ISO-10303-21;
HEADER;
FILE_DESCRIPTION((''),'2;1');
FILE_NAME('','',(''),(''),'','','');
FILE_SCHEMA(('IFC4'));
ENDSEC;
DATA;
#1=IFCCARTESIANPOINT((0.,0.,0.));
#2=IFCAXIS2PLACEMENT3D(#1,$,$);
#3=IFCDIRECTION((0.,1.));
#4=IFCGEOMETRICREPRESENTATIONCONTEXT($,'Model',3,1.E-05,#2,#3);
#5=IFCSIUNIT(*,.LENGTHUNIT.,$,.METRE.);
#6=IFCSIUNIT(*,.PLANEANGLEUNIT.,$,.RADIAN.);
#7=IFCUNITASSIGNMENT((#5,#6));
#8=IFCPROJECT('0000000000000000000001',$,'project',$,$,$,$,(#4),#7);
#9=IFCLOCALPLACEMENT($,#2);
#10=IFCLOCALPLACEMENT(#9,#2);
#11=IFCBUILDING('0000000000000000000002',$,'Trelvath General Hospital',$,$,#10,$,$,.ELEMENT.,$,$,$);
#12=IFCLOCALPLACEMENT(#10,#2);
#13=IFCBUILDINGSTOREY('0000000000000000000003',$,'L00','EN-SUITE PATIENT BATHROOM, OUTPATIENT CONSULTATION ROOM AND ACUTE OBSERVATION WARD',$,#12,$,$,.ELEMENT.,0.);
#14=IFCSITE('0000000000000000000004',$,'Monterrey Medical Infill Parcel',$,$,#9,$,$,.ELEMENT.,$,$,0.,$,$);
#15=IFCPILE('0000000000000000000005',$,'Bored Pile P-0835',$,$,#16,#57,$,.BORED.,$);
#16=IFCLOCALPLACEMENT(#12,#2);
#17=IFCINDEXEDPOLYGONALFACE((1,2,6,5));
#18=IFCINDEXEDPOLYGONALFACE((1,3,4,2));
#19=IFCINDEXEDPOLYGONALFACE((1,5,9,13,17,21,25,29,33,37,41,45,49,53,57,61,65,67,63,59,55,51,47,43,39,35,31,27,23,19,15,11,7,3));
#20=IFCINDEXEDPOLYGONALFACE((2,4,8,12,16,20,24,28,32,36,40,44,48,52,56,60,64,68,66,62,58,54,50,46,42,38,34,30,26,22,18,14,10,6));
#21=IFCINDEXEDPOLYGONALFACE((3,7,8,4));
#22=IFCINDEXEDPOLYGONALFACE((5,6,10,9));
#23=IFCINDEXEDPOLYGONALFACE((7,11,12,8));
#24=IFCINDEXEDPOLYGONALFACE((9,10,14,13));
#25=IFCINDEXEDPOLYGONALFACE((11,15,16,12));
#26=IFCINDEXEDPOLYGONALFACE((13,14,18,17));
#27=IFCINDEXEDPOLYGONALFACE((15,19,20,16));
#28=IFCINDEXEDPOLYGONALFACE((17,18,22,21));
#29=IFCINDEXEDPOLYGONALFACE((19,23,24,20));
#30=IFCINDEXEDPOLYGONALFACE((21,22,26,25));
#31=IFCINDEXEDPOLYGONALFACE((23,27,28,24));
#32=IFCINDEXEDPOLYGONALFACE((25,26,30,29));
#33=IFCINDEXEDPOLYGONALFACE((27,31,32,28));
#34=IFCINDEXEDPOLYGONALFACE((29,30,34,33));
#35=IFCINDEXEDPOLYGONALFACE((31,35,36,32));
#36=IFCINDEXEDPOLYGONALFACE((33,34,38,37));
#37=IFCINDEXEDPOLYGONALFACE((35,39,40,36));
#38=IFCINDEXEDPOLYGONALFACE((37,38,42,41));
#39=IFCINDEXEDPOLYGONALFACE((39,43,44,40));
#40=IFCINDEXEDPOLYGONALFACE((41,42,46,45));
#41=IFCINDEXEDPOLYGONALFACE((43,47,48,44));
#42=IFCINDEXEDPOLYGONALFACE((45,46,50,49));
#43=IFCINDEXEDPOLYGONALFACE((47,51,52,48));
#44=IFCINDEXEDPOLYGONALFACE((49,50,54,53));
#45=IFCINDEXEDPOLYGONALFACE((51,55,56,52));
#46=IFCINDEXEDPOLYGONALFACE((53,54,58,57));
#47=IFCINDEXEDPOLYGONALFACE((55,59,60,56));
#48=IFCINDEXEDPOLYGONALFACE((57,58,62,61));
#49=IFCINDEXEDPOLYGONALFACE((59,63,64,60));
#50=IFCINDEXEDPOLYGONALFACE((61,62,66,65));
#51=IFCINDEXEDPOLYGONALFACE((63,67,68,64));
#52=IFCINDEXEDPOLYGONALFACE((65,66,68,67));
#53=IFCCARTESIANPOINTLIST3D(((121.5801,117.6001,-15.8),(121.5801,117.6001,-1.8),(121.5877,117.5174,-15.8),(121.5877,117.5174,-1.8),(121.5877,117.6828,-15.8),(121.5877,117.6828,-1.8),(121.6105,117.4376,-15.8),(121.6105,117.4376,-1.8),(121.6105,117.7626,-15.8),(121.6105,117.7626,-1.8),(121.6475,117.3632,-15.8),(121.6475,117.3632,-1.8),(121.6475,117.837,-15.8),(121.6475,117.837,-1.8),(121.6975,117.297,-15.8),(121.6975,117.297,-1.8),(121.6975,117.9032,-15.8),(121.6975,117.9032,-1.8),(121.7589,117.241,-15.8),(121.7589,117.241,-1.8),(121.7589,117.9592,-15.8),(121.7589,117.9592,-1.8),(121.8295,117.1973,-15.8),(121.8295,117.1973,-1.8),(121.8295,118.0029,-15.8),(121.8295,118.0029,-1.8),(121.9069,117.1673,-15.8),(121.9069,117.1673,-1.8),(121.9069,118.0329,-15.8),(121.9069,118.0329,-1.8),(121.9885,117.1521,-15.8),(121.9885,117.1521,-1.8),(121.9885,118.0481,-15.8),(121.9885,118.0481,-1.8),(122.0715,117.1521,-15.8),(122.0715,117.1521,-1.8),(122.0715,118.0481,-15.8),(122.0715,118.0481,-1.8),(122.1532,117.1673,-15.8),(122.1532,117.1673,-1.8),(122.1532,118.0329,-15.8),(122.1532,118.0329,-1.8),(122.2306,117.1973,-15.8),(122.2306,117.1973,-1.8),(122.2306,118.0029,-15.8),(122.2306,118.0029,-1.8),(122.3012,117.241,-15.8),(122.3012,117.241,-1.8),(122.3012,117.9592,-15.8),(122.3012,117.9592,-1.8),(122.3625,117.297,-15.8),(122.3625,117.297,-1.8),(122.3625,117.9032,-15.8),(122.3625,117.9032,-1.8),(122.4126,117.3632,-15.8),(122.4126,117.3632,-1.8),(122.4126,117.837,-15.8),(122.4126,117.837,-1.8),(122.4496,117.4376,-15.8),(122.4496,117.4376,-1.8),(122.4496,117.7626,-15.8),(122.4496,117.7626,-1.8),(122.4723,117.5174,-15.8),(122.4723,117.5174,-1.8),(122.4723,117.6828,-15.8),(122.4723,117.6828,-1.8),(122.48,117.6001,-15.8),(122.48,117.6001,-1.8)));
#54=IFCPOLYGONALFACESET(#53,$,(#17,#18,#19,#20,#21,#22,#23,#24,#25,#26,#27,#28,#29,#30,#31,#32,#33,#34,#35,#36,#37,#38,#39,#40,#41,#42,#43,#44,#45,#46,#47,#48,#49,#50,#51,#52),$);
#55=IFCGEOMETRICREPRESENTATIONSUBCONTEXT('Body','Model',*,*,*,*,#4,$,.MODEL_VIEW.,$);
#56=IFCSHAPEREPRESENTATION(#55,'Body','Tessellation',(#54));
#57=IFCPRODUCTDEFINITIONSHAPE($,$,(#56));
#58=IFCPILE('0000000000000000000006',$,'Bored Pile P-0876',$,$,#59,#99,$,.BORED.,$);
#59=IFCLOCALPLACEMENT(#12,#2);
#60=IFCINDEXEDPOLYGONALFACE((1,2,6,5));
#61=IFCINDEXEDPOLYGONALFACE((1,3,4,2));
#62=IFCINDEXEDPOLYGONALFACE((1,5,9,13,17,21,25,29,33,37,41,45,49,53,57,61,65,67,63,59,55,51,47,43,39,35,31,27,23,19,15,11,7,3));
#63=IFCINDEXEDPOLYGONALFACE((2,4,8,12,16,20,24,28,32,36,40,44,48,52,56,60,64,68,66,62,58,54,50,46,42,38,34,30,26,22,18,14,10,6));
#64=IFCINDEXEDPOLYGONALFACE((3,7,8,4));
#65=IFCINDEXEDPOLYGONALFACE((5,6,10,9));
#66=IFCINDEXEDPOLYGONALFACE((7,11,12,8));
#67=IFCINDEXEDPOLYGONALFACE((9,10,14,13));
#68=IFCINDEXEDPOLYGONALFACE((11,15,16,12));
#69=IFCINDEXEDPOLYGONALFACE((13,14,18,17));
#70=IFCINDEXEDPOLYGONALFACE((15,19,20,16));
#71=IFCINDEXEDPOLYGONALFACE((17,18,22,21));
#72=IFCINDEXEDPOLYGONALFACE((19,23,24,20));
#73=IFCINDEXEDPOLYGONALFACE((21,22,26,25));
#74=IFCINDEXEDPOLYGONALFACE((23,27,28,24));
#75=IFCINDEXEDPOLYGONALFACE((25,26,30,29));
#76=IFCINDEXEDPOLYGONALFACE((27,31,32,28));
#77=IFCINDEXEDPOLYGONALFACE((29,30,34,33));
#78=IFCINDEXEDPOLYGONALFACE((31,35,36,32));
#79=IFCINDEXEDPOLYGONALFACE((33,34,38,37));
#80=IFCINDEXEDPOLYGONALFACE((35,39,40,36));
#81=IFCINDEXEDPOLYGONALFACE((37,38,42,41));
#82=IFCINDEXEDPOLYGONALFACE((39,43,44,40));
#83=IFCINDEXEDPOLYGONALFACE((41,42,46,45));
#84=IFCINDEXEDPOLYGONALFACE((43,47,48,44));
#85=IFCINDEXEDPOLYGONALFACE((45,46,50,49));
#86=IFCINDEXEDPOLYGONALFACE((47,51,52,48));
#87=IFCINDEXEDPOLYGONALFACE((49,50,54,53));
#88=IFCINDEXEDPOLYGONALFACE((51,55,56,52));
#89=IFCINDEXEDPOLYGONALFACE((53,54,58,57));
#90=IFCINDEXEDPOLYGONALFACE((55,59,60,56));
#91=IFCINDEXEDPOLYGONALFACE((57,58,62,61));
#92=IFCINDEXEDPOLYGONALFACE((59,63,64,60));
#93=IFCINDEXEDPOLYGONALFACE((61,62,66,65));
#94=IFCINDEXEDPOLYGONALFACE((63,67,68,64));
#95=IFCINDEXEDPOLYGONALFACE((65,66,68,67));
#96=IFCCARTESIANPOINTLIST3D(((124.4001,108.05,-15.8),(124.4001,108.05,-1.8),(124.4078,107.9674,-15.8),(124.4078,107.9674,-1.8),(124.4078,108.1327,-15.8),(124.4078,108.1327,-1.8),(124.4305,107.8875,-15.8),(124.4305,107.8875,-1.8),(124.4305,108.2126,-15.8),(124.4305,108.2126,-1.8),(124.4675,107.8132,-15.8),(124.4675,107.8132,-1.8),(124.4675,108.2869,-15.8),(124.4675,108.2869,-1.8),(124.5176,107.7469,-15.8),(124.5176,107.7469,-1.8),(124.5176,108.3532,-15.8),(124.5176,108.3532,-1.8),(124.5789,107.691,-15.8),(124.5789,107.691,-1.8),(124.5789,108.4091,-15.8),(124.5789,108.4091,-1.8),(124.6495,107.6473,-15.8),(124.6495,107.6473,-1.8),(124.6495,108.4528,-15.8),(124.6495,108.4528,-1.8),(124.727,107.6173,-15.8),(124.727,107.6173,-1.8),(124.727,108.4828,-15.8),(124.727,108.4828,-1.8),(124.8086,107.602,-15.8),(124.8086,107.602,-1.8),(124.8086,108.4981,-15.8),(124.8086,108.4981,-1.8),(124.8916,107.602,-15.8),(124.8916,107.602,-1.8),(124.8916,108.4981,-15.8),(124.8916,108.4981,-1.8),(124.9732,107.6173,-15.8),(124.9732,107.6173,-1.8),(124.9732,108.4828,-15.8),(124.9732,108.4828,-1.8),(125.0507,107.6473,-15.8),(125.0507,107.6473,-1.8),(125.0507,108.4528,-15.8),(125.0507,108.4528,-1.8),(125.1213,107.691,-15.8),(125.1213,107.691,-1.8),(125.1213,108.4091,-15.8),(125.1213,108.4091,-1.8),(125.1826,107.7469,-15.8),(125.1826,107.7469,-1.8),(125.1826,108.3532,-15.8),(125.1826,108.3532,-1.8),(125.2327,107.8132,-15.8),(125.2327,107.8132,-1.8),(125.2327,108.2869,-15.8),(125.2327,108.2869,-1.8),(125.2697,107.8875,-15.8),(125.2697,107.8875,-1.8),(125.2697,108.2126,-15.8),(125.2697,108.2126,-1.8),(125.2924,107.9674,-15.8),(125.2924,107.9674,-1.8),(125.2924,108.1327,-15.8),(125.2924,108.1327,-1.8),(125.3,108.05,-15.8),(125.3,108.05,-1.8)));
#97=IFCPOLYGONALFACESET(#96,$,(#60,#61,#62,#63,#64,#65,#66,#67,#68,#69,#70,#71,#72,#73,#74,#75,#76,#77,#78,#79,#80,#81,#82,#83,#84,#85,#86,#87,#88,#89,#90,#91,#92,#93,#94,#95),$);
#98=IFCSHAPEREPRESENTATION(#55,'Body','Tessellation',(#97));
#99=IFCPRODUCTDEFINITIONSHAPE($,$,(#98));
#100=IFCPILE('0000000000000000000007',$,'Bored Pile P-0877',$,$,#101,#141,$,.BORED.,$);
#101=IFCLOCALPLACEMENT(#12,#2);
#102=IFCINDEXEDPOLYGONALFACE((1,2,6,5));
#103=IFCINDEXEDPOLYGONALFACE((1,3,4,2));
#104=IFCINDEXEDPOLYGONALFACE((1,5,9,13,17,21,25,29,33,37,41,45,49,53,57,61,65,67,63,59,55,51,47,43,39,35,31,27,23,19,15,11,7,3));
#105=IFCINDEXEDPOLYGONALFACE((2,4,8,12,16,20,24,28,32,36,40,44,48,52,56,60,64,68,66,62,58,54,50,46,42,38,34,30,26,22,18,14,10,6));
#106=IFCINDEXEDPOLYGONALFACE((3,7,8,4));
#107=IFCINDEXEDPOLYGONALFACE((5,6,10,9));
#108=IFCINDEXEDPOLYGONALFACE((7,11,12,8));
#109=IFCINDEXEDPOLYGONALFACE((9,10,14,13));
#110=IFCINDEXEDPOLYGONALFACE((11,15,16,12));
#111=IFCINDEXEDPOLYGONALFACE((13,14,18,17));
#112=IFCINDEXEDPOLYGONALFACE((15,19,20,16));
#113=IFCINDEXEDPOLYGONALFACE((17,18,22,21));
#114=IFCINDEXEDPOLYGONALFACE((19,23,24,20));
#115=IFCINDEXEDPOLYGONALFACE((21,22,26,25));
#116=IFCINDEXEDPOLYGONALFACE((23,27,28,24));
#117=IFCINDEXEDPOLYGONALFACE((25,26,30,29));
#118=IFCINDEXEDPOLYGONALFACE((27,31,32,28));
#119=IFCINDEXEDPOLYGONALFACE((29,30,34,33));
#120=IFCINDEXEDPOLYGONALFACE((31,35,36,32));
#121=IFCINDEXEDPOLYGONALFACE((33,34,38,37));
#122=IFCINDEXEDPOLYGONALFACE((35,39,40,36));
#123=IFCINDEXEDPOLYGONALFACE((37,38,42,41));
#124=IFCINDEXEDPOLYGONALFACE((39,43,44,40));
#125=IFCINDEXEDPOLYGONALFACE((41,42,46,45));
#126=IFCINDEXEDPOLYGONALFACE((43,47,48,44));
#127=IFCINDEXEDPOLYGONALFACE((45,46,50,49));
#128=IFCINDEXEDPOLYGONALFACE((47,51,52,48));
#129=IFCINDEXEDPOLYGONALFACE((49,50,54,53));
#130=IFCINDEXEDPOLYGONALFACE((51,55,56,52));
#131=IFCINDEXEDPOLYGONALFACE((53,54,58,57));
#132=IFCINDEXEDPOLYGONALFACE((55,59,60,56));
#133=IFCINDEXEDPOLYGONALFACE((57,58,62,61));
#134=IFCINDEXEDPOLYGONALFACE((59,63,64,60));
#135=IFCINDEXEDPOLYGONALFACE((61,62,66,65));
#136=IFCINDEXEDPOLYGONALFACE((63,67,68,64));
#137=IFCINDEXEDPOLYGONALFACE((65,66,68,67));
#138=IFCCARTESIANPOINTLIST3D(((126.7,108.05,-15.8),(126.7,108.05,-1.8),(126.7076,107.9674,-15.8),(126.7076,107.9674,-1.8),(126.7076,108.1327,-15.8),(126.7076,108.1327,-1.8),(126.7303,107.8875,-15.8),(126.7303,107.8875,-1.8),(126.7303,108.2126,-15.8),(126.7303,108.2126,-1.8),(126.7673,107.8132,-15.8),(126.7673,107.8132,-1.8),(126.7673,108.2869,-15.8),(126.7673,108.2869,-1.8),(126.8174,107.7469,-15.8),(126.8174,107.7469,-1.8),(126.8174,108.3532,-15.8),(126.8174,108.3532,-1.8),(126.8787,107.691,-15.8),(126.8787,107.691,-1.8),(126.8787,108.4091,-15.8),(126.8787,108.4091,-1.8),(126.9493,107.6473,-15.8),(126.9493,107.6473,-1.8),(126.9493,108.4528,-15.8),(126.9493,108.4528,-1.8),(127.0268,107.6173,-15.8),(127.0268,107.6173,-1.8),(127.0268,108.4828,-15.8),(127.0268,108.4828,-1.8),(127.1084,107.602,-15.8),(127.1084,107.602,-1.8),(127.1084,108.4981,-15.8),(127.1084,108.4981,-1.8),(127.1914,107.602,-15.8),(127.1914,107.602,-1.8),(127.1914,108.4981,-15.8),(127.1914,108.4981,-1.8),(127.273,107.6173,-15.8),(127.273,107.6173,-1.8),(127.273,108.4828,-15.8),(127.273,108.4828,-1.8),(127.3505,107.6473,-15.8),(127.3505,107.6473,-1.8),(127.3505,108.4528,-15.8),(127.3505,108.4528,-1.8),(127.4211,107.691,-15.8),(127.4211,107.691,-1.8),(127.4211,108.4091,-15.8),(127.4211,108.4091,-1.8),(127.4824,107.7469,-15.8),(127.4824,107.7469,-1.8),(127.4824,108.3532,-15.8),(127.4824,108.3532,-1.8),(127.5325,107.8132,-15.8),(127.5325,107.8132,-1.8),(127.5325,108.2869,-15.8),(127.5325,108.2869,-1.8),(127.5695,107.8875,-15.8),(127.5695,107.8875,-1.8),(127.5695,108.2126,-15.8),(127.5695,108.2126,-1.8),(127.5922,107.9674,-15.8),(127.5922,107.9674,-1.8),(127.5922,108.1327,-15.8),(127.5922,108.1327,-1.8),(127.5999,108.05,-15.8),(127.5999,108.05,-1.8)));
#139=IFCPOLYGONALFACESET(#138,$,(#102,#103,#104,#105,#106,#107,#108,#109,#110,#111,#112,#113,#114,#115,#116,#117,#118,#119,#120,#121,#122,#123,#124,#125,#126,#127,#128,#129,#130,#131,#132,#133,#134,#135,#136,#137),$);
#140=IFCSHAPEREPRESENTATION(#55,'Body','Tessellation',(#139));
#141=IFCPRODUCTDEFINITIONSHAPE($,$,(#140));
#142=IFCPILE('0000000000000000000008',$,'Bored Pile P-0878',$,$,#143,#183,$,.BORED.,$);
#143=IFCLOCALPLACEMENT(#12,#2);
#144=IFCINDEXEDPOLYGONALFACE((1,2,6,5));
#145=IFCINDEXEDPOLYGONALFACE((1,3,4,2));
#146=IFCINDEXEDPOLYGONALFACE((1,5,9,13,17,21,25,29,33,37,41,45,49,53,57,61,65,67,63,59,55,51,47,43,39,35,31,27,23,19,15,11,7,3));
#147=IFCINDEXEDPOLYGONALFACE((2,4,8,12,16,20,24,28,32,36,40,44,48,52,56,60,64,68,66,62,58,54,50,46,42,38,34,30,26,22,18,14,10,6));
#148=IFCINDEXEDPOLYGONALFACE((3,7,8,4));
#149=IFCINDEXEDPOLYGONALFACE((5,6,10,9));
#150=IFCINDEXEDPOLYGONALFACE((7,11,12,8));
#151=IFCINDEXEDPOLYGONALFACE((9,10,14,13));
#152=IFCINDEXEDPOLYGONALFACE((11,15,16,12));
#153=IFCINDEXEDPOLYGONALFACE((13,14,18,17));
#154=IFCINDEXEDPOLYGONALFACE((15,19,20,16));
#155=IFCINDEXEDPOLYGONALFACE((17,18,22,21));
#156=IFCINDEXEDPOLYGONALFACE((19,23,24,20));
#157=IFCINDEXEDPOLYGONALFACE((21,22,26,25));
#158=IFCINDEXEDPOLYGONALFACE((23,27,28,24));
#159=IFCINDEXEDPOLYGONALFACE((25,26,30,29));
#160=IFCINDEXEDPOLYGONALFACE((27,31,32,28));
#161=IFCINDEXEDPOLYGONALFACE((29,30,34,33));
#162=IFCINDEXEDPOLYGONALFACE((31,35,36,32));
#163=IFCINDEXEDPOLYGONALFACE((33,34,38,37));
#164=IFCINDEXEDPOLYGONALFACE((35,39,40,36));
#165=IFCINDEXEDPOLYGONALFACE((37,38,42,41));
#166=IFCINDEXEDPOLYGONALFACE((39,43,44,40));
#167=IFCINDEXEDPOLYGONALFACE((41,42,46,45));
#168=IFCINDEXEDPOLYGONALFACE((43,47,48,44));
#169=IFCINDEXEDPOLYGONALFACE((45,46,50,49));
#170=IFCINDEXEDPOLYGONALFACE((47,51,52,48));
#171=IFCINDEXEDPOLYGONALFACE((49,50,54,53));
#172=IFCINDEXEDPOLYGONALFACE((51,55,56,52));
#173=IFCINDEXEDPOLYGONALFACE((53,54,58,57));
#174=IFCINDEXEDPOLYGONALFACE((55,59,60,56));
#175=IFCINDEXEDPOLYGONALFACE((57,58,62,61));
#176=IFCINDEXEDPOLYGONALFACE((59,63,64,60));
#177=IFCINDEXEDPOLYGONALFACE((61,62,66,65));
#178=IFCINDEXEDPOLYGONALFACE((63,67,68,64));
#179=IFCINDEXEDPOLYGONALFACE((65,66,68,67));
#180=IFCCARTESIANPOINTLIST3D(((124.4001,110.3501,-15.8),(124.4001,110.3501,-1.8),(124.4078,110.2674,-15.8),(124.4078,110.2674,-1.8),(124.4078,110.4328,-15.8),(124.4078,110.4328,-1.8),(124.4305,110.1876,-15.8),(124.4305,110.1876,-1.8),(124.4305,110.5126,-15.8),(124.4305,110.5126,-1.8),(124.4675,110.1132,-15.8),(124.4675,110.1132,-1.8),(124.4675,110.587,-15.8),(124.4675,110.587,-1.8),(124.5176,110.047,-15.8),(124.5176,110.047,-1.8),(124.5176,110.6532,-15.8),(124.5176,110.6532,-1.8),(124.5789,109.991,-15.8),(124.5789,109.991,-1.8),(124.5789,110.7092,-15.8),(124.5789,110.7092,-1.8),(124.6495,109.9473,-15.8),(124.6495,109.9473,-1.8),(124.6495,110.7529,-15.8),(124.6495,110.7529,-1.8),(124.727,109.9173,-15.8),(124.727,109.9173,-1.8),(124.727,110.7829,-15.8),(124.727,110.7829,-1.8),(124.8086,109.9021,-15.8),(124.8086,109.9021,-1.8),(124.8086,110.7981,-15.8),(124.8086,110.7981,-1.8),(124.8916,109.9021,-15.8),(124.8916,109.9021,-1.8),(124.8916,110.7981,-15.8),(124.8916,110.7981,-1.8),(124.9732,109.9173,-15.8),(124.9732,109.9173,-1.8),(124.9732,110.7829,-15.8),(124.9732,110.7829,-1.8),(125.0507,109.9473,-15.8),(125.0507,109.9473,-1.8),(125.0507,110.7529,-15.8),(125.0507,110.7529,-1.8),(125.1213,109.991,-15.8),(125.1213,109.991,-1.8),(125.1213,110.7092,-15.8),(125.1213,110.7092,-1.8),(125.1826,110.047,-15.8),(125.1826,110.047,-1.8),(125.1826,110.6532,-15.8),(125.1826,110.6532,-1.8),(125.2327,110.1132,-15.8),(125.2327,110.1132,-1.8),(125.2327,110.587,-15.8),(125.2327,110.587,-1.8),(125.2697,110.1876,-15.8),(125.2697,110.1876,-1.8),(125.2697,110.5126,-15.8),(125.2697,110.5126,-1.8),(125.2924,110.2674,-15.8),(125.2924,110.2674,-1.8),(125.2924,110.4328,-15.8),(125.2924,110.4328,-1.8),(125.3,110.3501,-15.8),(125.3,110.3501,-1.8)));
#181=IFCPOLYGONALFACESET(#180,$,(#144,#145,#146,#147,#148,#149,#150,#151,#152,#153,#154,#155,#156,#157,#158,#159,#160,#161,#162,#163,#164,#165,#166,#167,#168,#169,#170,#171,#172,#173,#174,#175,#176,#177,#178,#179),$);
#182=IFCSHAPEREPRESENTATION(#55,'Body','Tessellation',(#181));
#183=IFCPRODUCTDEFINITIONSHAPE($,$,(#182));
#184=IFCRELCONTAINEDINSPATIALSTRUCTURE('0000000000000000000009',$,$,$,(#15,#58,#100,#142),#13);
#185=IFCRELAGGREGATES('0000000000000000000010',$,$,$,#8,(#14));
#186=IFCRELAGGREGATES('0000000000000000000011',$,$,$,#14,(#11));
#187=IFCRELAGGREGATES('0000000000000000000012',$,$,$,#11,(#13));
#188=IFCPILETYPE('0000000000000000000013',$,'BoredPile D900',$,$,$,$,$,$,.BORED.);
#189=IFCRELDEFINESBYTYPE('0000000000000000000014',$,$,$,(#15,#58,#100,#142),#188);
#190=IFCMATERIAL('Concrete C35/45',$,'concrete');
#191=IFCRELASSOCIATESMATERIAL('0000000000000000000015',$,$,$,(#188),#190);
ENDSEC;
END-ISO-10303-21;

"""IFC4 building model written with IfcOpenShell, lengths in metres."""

from ifc_helpers import new_model, si_unit, direction, frame, origin, origin_2d, place, context, subcontext, project, spatial, circle, extrude, material, material_profile, profile_set, type_object, element, save


model = new_model("IFC4")

# Units and contexts
model_context = context("Model", 3, precision=1e-05, world=origin(), true_north=direction((0.0, 1.0)))
body_context = subcontext(model_context, "Body", "Model", "MODEL_VIEW")
ifc_project = project(units=[si_unit("LENGTHUNIT", "METRE"), si_unit("PLANEANGLEUNIT", "RADIAN")], contexts=[model_context])

# Site, building, storey
site_placement = place(None, origin())
site = spatial("IfcSite", under=ifc_project, at=site_placement, Name="Monterrey Medical Infill Parcel", CompositionType="ELEMENT", RefElevation=0.0)
building_placement = place(site_placement, origin())
building = spatial("IfcBuilding", under=site, at=building_placement, Name="Trelvath General Hospital", CompositionType="ELEMENT")
storey_placement = place(building_placement, origin())
storey = spatial("IfcBuildingStorey", under=building, at=storey_placement, Name="L00", Description="EN-SUITE PATIENT BATHROOM, OUTPATIENT CONSULTATION ROOM AND ACUTE OBSERVATION WARD", CompositionType="ELEMENT", Elevation=0.0)

# Piles
ifc_material_1 = material(Name="Concrete C35/45", Category="concrete")
ifc_material_profile_1 = material_profile(ifc_material_1, circle(Radius=0.45, at=origin_2d()), Name="PILE900")
ifc_profile_set_1 = profile_set([ifc_material_profile_1], Name="Concrete C35/45")
pile_type_1 = type_object("IfcPileType", Name="BoredPile D900", PredefinedType="BORED", material=ifc_profile_set_1)
for number, where, z_axis, x_axis, name in (
    (1, (122.03, 117.6001, -1.8), (0.0, 0.0, -1.0), (1.0, 0.0, 0.0), "Bored Pile P-0835"),
    (2, (124.8501, 108.05, -1.8), (0.0, 0.0, -1.0), (1.0, 0.0, 0.0), "Bored Pile P-0876"),
    (3, (127.1499, 108.05, -1.8), (0.0, 0.0, -1.0), (1.0, 0.0, 0.0), "Bored Pile P-0877"),
    (4, (124.8501, 110.3501, -1.8), (0.0, 0.0, -1.0), (1.0, 0.0, 0.0), "Bored Pile P-0878"),
):
    element("IfcPile", number, at=place(storey_placement, frame(where, z_axis=z_axis, x_axis=x_axis)), inside=storey, type_object=pile_type_1, Name=name, PredefinedType="BORED", context=body_context, shape_type="SweptSolid", body=[
        extrude(circle(Radius=0.45, at=origin_2d()), origin(), (0.0, 0.0, 1.0), 14.0),
    ])

save(model, "model.ifc")
